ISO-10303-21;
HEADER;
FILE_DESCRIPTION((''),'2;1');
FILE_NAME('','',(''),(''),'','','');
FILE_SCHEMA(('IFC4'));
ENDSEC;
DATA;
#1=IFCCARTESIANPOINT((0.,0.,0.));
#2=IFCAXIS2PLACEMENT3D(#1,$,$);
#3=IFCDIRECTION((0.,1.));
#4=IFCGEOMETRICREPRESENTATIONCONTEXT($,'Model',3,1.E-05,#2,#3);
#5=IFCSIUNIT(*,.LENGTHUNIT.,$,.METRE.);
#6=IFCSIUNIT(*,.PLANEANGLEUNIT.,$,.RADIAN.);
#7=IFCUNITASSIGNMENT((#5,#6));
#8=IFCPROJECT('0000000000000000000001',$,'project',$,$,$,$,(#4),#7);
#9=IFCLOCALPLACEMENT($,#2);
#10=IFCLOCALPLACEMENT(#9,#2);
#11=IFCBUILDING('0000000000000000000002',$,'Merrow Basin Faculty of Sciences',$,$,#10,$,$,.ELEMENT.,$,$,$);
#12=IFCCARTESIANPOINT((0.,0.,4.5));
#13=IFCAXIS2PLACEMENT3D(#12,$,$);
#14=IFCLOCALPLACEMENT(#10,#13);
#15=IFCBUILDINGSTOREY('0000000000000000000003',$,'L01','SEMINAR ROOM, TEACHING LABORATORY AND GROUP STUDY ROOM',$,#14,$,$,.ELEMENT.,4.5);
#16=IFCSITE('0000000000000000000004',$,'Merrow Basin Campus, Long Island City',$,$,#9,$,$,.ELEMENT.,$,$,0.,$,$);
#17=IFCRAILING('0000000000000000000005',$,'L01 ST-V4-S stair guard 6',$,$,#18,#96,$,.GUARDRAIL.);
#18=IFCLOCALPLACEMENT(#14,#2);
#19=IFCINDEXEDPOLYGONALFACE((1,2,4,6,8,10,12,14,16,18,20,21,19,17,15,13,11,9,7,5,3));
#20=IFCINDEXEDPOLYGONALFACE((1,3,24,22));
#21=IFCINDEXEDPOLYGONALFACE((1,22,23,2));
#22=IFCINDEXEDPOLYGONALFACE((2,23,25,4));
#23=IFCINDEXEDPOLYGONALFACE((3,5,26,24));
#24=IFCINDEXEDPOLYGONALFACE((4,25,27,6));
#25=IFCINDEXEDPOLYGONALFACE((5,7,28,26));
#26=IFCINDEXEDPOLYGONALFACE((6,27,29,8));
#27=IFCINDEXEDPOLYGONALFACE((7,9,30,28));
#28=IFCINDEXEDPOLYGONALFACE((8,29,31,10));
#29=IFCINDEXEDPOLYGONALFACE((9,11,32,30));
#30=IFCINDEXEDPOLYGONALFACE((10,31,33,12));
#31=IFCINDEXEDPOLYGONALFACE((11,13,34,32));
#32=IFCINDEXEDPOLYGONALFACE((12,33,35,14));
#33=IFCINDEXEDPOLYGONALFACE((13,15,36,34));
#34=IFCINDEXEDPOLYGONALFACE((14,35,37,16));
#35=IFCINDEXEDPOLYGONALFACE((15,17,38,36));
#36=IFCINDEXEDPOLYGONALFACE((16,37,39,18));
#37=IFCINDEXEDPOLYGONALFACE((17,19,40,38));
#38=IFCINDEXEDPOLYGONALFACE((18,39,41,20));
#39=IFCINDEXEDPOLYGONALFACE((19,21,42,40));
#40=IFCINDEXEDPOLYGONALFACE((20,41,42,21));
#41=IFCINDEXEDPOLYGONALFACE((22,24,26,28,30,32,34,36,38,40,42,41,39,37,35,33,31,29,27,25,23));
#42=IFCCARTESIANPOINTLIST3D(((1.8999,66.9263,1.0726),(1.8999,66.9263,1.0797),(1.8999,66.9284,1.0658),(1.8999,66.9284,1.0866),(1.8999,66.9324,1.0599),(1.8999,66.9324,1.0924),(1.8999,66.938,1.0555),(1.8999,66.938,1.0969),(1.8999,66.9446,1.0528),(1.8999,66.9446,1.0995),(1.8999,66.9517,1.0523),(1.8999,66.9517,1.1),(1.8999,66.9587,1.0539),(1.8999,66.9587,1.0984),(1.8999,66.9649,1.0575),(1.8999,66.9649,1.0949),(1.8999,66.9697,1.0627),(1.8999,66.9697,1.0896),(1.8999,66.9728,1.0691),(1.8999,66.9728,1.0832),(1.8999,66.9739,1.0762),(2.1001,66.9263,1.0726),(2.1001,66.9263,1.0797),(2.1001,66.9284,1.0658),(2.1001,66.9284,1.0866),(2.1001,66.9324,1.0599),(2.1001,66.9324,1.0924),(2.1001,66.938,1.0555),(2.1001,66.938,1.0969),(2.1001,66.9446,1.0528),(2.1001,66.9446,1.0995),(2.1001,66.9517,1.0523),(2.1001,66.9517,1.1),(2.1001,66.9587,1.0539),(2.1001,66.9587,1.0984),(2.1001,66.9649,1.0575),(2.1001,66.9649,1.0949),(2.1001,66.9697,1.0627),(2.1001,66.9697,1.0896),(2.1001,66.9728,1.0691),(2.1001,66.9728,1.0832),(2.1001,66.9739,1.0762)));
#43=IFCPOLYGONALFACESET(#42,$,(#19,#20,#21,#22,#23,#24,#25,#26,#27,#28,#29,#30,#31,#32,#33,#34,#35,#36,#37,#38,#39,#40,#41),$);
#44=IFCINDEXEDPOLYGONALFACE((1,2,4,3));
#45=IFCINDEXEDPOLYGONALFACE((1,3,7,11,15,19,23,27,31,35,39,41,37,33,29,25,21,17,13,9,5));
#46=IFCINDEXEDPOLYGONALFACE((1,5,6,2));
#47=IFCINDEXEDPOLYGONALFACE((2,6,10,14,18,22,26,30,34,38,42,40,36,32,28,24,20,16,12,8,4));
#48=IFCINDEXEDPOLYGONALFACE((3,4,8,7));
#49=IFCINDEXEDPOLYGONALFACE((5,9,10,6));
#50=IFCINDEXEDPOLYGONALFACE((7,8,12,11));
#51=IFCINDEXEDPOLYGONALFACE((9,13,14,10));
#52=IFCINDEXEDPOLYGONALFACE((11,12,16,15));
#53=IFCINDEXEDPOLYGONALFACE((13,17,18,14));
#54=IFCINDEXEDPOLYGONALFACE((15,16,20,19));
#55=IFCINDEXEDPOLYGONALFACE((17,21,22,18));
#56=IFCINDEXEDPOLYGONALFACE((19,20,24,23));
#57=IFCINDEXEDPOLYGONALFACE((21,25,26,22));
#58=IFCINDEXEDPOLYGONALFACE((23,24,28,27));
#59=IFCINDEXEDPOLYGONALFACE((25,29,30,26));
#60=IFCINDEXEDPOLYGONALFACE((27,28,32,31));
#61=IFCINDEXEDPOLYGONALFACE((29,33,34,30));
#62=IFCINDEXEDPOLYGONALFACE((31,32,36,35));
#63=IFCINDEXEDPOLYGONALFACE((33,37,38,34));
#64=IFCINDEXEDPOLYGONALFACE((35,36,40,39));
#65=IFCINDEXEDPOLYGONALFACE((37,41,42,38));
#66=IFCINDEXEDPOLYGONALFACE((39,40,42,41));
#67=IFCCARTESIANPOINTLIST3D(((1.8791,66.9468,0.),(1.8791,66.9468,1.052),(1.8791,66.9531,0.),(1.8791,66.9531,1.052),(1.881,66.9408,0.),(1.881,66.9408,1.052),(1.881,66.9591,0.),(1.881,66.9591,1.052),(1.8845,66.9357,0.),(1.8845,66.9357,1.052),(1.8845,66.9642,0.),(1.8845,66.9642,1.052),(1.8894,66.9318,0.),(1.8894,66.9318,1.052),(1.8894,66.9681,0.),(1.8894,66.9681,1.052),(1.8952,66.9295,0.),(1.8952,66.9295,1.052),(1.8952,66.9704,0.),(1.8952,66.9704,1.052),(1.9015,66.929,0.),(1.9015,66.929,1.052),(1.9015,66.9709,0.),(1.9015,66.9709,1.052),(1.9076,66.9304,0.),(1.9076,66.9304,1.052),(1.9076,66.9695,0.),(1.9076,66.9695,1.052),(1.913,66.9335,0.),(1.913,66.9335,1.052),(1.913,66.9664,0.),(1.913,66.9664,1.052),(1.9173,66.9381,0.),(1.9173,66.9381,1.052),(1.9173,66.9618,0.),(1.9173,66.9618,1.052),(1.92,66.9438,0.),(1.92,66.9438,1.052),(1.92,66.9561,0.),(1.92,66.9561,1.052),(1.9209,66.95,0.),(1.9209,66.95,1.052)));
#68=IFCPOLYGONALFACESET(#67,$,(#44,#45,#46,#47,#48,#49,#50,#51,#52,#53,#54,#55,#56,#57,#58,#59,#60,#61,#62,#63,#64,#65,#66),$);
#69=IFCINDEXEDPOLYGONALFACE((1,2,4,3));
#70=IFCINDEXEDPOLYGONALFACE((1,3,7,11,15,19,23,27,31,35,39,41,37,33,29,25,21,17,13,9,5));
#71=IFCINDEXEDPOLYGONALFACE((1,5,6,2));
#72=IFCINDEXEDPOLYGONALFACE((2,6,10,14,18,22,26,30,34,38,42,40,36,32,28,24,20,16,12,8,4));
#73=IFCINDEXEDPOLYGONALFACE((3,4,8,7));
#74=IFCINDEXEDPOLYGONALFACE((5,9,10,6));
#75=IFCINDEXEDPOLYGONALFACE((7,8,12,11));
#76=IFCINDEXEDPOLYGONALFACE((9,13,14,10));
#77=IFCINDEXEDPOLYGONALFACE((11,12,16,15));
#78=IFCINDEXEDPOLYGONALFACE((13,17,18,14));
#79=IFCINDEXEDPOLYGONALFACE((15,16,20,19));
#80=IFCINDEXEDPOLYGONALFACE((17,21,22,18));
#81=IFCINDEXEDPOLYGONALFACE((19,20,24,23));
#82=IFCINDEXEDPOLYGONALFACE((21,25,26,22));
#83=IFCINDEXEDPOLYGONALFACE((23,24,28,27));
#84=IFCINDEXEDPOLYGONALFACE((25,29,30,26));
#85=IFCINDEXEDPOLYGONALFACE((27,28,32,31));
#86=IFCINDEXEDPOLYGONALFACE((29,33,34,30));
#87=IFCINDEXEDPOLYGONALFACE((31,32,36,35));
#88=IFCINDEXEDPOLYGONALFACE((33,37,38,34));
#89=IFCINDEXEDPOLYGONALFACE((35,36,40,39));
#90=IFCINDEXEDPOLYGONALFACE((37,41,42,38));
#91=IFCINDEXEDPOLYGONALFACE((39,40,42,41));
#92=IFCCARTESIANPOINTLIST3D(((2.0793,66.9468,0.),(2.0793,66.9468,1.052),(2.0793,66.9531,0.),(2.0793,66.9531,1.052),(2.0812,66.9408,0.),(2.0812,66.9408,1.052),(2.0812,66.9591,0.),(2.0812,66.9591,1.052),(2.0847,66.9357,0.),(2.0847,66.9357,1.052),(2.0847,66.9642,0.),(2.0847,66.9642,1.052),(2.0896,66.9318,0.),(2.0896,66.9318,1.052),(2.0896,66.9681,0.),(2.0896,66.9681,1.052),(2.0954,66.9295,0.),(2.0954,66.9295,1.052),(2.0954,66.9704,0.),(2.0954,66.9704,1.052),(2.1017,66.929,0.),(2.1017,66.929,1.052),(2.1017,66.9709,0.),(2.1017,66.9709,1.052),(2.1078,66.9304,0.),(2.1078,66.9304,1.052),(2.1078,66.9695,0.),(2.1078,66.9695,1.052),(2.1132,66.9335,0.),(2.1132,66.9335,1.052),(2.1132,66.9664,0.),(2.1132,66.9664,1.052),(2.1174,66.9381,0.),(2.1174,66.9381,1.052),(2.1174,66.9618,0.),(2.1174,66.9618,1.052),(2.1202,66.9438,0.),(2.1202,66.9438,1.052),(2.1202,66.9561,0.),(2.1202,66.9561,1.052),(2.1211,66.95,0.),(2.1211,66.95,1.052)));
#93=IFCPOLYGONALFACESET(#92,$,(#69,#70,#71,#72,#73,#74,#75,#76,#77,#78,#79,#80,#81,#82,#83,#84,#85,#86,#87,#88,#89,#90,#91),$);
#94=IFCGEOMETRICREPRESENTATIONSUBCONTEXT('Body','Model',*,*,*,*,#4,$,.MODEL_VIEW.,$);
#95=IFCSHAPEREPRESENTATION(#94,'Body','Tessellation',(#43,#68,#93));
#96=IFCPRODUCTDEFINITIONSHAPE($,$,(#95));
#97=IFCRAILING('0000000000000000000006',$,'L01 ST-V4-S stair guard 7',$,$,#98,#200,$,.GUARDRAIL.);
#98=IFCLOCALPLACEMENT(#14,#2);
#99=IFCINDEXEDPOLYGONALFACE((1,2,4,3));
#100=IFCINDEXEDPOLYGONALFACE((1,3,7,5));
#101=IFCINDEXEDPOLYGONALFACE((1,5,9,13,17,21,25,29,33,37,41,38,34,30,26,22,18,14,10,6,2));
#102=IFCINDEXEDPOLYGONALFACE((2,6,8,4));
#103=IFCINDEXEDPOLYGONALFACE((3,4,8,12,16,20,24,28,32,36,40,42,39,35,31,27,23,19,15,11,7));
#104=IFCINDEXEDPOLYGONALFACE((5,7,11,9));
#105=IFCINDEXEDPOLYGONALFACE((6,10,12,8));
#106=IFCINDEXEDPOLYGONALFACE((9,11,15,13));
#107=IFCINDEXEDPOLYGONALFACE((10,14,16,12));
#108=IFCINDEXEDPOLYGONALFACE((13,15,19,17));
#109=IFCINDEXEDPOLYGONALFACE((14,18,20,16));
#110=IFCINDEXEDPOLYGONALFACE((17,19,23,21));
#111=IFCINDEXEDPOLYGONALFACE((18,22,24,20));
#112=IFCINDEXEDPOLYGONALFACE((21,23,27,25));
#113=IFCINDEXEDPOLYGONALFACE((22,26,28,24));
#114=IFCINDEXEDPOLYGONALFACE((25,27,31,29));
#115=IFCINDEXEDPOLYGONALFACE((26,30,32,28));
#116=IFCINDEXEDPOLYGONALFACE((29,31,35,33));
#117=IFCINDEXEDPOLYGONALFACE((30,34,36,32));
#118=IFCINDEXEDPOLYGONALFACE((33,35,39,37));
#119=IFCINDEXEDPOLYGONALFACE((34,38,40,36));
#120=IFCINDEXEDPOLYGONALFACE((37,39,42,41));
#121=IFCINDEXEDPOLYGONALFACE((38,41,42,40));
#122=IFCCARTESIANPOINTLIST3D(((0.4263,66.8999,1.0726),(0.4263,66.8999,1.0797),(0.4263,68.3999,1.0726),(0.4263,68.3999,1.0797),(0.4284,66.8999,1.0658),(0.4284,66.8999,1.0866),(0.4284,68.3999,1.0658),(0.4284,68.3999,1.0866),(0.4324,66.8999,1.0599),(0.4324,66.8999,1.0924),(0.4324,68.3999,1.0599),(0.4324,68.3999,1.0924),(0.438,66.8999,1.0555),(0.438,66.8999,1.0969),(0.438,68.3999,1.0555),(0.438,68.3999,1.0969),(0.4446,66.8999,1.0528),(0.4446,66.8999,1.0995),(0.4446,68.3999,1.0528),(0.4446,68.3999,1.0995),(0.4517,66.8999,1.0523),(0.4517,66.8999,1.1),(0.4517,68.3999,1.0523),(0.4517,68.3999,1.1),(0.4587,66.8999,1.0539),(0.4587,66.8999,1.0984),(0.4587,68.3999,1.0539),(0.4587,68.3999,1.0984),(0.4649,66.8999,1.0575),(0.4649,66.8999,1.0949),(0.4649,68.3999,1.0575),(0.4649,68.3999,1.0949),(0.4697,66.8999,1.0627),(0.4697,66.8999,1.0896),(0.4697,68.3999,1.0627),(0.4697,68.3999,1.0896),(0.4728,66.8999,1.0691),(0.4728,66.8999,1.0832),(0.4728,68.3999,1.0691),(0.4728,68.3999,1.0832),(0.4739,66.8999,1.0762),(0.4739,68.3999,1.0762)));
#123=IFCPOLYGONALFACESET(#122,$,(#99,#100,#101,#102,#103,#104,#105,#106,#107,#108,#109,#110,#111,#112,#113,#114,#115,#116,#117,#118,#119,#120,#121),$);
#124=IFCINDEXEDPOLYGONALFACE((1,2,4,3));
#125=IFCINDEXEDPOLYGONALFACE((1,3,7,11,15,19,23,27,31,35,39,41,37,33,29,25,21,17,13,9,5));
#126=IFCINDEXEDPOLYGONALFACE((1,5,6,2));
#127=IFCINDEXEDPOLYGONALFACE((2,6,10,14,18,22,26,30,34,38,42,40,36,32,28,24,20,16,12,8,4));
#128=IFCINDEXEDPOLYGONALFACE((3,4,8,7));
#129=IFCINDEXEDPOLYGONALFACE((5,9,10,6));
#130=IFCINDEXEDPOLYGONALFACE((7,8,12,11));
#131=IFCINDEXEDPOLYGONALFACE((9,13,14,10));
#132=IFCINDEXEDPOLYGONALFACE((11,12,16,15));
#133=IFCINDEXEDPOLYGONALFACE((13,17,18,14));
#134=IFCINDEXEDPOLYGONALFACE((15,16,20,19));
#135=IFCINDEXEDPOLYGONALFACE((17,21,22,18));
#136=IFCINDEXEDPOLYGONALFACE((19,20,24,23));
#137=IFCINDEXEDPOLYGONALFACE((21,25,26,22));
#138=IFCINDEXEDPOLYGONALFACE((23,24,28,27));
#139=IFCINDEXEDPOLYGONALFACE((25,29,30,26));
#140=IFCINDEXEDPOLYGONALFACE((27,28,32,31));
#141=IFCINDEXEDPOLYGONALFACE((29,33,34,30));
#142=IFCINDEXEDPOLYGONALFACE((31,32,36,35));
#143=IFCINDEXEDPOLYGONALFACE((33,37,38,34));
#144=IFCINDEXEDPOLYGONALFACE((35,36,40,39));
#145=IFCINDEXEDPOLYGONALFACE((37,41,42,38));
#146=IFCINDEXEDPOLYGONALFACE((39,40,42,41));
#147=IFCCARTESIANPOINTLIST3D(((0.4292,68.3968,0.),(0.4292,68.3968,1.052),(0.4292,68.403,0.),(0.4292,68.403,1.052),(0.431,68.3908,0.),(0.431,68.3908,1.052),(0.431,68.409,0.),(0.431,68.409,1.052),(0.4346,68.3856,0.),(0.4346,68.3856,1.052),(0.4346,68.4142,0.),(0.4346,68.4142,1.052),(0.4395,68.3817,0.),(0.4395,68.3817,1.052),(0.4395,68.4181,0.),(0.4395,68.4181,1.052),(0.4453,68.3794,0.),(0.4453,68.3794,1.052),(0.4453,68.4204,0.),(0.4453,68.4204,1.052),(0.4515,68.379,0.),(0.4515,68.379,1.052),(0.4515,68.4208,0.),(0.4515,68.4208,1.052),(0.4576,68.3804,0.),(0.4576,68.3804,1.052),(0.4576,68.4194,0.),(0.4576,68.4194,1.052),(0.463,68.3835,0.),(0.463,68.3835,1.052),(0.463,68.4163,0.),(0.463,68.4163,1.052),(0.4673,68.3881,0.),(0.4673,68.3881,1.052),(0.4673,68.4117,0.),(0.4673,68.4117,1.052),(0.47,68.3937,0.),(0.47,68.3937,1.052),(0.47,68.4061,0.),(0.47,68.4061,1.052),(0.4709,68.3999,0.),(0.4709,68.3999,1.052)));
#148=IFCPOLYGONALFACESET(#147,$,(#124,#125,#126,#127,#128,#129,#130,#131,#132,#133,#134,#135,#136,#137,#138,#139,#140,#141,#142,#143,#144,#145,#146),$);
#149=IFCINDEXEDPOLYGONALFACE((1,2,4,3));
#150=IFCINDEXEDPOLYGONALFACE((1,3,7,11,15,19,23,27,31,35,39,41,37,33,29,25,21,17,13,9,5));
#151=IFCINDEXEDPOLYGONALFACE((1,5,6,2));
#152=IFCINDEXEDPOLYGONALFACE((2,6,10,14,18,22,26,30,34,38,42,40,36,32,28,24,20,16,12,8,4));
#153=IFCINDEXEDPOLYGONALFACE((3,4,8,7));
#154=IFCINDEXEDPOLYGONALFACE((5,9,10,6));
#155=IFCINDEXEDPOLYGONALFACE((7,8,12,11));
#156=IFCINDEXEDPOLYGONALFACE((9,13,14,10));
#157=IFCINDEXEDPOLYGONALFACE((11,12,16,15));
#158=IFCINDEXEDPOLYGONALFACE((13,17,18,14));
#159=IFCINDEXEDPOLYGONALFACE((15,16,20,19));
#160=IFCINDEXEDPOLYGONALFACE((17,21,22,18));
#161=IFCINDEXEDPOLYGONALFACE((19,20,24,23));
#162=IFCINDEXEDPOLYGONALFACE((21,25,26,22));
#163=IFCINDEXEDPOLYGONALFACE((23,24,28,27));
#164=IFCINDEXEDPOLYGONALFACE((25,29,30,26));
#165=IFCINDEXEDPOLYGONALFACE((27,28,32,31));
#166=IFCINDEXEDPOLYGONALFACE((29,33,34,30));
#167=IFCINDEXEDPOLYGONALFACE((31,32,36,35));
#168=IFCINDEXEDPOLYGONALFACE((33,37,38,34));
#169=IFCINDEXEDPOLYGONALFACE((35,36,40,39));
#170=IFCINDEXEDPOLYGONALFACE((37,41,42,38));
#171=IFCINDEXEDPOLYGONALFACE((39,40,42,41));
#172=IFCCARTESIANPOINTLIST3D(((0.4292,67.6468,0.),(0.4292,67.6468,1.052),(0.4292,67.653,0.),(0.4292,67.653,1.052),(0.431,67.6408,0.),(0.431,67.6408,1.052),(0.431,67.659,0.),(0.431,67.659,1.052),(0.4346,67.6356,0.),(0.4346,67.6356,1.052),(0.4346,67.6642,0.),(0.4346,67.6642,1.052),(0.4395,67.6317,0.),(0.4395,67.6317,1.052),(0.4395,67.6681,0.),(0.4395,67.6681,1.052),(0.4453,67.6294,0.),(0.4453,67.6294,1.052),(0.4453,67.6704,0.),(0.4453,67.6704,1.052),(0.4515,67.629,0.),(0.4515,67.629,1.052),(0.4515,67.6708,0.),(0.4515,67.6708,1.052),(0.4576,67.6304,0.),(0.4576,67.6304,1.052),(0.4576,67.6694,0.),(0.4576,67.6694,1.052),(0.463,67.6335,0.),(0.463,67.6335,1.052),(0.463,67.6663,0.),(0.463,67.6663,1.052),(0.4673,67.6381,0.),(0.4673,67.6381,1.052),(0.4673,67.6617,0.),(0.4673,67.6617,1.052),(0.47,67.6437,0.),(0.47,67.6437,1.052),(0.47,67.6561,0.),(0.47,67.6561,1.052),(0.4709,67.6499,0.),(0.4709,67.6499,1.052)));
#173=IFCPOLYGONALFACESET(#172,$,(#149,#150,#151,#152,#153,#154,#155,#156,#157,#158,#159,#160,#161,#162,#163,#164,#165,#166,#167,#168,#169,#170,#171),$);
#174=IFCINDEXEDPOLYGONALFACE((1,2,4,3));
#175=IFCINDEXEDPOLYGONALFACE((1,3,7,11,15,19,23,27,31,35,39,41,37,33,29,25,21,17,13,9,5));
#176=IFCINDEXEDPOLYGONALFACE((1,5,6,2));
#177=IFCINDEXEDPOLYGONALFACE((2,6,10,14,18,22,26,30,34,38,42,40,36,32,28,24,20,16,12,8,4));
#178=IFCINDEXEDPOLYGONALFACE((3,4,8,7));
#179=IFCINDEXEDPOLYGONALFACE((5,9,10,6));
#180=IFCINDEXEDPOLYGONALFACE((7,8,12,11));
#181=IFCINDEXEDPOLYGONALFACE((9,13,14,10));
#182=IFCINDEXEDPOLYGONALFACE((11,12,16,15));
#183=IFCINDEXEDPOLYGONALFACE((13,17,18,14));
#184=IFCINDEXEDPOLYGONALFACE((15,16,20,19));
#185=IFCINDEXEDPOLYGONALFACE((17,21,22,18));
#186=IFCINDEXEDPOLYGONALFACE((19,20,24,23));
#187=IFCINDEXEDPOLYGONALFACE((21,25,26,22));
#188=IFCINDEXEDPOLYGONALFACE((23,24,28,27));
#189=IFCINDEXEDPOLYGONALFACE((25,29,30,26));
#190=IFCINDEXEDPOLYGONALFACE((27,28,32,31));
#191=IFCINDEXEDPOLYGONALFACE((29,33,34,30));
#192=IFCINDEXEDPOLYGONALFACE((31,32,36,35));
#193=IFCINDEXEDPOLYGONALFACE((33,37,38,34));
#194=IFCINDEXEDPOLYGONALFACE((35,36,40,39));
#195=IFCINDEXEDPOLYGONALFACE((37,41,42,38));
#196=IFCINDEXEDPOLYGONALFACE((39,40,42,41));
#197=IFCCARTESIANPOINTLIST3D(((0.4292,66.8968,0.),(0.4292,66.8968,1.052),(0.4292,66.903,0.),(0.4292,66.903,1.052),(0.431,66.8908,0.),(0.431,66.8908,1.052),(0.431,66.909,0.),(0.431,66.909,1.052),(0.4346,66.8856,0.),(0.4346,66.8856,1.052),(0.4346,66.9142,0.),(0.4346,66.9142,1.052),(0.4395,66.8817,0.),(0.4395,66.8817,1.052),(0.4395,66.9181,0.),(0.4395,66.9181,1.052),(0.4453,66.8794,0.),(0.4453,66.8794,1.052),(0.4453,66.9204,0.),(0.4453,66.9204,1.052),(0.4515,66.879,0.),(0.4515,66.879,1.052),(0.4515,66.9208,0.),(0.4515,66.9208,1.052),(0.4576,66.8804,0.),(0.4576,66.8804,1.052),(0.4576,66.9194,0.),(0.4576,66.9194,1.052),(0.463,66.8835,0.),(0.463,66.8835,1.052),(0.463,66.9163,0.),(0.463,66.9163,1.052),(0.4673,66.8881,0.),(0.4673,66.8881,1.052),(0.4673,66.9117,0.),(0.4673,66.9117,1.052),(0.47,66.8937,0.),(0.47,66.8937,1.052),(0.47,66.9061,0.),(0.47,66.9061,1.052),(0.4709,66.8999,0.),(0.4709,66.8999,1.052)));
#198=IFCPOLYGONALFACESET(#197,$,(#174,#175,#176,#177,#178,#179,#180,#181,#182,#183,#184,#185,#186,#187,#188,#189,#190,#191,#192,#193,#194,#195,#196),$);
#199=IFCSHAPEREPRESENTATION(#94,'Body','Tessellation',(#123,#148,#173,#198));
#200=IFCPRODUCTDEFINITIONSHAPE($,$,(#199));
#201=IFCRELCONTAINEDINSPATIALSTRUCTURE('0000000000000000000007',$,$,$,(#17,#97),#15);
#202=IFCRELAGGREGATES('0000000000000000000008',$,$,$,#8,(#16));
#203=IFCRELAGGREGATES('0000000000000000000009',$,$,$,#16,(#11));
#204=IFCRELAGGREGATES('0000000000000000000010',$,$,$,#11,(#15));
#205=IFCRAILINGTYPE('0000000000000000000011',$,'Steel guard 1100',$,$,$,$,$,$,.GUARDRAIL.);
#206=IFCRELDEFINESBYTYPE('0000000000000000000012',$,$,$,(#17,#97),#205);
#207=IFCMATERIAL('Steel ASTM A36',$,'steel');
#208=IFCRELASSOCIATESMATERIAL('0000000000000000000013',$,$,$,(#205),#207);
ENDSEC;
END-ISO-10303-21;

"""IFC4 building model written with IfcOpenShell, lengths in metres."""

from ifc_helpers import new_model, si_unit, direction, frame, origin, origin_2d, place, context, subcontext, project, spatial, circle, extrude, material, type_object, element, save


model = new_model("IFC4")

# Units and contexts
model_context = context("Model", 3, precision=1e-05, world=origin(), true_north=direction((0.0, 1.0)))
body_context = subcontext(model_context, "Body", "Model", "MODEL_VIEW")
ifc_project = project(units=[si_unit("LENGTHUNIT", "METRE"), si_unit("PLANEANGLEUNIT", "RADIAN")], contexts=[model_context])

# Site, building, storey
site_placement = place(None, origin())
site = spatial("IfcSite", under=ifc_project, at=site_placement, Name="Merrow Basin Campus, Long Island City", CompositionType="ELEMENT", RefElevation=0.0)
building_placement = place(site_placement, origin())
building = spatial("IfcBuilding", under=site, at=building_placement, Name="Merrow Basin Faculty of Sciences", CompositionType="ELEMENT")
storey_placement = place(building_placement, frame((0.0, 0.0, 4.5)))
storey = spatial("IfcBuildingStorey", under=building, at=storey_placement, Name="L01", Description="SEMINAR ROOM, TEACHING LABORATORY AND GROUP STUDY ROOM", CompositionType="ELEMENT", Elevation=4.5)

# Railings
ifc_material_1 = material(Name="Steel ASTM A36", Category="steel")
railing_type = type_object("IfcRailingType", Name="Steel guard 1100", PredefinedType="GUARDRAIL", material=ifc_material_1)
railing_1_placement = place(storey_placement, frame((1.8999, 66.95, 0.0)))
element("IfcRailing", 1, at=railing_1_placement, inside=storey, type_object=railing_type, Name="L01 ST-V4-S stair guard 6", PredefinedType="GUARDRAIL", context=body_context, shape_type="SweptSolid", body=[
    extrude(circle(Radius=0.0239, at=origin_2d()), frame((0.0, 0.0, 1.0762), z_axis=(1.0, 0.0, 0.0), x_axis=(0.0, 1.0, 0.0)), (0.0, 0.0, 1.0), 0.2002),
    extrude(circle(Radius=0.021, at=origin_2d()), origin(), (0.0, 0.0, 1.0), 1.052),
    extrude(circle(Radius=0.021, at=origin_2d()), frame((0.2002, 0.0, 0.0)), (0.0, 0.0, 1.0), 1.052),
])
railing_2_placement = place(storey_placement, frame((0.45, 68.3999, 0.0)))
element("IfcRailing", 2, at=railing_2_placement, inside=storey, type_object=railing_type, Name="L01 ST-V4-S stair guard 7", PredefinedType="GUARDRAIL", context=body_context, shape_type="SweptSolid", body=[
    extrude(circle(Radius=0.0239, at=origin_2d()), frame((0.0, 0.0, 1.0762), z_axis=(0.0, -1.0, 0.0), x_axis=(1.0, 0.0, 0.0)), (0.0, 0.0, 1.0), 1.5),
    extrude(circle(Radius=0.021, at=origin_2d()), origin(), (0.0, 0.0, 1.0), 1.052),
    extrude(circle(Radius=0.021, at=origin_2d()), frame((0.0, -0.75, 0.0)), (0.0, 0.0, 1.0), 1.052),
    extrude(circle(Radius=0.021, at=origin_2d()), frame((0.0, -1.5, 0.0)), (0.0, 0.0, 1.0), 1.052),
])

save(model, "model.ifc")
